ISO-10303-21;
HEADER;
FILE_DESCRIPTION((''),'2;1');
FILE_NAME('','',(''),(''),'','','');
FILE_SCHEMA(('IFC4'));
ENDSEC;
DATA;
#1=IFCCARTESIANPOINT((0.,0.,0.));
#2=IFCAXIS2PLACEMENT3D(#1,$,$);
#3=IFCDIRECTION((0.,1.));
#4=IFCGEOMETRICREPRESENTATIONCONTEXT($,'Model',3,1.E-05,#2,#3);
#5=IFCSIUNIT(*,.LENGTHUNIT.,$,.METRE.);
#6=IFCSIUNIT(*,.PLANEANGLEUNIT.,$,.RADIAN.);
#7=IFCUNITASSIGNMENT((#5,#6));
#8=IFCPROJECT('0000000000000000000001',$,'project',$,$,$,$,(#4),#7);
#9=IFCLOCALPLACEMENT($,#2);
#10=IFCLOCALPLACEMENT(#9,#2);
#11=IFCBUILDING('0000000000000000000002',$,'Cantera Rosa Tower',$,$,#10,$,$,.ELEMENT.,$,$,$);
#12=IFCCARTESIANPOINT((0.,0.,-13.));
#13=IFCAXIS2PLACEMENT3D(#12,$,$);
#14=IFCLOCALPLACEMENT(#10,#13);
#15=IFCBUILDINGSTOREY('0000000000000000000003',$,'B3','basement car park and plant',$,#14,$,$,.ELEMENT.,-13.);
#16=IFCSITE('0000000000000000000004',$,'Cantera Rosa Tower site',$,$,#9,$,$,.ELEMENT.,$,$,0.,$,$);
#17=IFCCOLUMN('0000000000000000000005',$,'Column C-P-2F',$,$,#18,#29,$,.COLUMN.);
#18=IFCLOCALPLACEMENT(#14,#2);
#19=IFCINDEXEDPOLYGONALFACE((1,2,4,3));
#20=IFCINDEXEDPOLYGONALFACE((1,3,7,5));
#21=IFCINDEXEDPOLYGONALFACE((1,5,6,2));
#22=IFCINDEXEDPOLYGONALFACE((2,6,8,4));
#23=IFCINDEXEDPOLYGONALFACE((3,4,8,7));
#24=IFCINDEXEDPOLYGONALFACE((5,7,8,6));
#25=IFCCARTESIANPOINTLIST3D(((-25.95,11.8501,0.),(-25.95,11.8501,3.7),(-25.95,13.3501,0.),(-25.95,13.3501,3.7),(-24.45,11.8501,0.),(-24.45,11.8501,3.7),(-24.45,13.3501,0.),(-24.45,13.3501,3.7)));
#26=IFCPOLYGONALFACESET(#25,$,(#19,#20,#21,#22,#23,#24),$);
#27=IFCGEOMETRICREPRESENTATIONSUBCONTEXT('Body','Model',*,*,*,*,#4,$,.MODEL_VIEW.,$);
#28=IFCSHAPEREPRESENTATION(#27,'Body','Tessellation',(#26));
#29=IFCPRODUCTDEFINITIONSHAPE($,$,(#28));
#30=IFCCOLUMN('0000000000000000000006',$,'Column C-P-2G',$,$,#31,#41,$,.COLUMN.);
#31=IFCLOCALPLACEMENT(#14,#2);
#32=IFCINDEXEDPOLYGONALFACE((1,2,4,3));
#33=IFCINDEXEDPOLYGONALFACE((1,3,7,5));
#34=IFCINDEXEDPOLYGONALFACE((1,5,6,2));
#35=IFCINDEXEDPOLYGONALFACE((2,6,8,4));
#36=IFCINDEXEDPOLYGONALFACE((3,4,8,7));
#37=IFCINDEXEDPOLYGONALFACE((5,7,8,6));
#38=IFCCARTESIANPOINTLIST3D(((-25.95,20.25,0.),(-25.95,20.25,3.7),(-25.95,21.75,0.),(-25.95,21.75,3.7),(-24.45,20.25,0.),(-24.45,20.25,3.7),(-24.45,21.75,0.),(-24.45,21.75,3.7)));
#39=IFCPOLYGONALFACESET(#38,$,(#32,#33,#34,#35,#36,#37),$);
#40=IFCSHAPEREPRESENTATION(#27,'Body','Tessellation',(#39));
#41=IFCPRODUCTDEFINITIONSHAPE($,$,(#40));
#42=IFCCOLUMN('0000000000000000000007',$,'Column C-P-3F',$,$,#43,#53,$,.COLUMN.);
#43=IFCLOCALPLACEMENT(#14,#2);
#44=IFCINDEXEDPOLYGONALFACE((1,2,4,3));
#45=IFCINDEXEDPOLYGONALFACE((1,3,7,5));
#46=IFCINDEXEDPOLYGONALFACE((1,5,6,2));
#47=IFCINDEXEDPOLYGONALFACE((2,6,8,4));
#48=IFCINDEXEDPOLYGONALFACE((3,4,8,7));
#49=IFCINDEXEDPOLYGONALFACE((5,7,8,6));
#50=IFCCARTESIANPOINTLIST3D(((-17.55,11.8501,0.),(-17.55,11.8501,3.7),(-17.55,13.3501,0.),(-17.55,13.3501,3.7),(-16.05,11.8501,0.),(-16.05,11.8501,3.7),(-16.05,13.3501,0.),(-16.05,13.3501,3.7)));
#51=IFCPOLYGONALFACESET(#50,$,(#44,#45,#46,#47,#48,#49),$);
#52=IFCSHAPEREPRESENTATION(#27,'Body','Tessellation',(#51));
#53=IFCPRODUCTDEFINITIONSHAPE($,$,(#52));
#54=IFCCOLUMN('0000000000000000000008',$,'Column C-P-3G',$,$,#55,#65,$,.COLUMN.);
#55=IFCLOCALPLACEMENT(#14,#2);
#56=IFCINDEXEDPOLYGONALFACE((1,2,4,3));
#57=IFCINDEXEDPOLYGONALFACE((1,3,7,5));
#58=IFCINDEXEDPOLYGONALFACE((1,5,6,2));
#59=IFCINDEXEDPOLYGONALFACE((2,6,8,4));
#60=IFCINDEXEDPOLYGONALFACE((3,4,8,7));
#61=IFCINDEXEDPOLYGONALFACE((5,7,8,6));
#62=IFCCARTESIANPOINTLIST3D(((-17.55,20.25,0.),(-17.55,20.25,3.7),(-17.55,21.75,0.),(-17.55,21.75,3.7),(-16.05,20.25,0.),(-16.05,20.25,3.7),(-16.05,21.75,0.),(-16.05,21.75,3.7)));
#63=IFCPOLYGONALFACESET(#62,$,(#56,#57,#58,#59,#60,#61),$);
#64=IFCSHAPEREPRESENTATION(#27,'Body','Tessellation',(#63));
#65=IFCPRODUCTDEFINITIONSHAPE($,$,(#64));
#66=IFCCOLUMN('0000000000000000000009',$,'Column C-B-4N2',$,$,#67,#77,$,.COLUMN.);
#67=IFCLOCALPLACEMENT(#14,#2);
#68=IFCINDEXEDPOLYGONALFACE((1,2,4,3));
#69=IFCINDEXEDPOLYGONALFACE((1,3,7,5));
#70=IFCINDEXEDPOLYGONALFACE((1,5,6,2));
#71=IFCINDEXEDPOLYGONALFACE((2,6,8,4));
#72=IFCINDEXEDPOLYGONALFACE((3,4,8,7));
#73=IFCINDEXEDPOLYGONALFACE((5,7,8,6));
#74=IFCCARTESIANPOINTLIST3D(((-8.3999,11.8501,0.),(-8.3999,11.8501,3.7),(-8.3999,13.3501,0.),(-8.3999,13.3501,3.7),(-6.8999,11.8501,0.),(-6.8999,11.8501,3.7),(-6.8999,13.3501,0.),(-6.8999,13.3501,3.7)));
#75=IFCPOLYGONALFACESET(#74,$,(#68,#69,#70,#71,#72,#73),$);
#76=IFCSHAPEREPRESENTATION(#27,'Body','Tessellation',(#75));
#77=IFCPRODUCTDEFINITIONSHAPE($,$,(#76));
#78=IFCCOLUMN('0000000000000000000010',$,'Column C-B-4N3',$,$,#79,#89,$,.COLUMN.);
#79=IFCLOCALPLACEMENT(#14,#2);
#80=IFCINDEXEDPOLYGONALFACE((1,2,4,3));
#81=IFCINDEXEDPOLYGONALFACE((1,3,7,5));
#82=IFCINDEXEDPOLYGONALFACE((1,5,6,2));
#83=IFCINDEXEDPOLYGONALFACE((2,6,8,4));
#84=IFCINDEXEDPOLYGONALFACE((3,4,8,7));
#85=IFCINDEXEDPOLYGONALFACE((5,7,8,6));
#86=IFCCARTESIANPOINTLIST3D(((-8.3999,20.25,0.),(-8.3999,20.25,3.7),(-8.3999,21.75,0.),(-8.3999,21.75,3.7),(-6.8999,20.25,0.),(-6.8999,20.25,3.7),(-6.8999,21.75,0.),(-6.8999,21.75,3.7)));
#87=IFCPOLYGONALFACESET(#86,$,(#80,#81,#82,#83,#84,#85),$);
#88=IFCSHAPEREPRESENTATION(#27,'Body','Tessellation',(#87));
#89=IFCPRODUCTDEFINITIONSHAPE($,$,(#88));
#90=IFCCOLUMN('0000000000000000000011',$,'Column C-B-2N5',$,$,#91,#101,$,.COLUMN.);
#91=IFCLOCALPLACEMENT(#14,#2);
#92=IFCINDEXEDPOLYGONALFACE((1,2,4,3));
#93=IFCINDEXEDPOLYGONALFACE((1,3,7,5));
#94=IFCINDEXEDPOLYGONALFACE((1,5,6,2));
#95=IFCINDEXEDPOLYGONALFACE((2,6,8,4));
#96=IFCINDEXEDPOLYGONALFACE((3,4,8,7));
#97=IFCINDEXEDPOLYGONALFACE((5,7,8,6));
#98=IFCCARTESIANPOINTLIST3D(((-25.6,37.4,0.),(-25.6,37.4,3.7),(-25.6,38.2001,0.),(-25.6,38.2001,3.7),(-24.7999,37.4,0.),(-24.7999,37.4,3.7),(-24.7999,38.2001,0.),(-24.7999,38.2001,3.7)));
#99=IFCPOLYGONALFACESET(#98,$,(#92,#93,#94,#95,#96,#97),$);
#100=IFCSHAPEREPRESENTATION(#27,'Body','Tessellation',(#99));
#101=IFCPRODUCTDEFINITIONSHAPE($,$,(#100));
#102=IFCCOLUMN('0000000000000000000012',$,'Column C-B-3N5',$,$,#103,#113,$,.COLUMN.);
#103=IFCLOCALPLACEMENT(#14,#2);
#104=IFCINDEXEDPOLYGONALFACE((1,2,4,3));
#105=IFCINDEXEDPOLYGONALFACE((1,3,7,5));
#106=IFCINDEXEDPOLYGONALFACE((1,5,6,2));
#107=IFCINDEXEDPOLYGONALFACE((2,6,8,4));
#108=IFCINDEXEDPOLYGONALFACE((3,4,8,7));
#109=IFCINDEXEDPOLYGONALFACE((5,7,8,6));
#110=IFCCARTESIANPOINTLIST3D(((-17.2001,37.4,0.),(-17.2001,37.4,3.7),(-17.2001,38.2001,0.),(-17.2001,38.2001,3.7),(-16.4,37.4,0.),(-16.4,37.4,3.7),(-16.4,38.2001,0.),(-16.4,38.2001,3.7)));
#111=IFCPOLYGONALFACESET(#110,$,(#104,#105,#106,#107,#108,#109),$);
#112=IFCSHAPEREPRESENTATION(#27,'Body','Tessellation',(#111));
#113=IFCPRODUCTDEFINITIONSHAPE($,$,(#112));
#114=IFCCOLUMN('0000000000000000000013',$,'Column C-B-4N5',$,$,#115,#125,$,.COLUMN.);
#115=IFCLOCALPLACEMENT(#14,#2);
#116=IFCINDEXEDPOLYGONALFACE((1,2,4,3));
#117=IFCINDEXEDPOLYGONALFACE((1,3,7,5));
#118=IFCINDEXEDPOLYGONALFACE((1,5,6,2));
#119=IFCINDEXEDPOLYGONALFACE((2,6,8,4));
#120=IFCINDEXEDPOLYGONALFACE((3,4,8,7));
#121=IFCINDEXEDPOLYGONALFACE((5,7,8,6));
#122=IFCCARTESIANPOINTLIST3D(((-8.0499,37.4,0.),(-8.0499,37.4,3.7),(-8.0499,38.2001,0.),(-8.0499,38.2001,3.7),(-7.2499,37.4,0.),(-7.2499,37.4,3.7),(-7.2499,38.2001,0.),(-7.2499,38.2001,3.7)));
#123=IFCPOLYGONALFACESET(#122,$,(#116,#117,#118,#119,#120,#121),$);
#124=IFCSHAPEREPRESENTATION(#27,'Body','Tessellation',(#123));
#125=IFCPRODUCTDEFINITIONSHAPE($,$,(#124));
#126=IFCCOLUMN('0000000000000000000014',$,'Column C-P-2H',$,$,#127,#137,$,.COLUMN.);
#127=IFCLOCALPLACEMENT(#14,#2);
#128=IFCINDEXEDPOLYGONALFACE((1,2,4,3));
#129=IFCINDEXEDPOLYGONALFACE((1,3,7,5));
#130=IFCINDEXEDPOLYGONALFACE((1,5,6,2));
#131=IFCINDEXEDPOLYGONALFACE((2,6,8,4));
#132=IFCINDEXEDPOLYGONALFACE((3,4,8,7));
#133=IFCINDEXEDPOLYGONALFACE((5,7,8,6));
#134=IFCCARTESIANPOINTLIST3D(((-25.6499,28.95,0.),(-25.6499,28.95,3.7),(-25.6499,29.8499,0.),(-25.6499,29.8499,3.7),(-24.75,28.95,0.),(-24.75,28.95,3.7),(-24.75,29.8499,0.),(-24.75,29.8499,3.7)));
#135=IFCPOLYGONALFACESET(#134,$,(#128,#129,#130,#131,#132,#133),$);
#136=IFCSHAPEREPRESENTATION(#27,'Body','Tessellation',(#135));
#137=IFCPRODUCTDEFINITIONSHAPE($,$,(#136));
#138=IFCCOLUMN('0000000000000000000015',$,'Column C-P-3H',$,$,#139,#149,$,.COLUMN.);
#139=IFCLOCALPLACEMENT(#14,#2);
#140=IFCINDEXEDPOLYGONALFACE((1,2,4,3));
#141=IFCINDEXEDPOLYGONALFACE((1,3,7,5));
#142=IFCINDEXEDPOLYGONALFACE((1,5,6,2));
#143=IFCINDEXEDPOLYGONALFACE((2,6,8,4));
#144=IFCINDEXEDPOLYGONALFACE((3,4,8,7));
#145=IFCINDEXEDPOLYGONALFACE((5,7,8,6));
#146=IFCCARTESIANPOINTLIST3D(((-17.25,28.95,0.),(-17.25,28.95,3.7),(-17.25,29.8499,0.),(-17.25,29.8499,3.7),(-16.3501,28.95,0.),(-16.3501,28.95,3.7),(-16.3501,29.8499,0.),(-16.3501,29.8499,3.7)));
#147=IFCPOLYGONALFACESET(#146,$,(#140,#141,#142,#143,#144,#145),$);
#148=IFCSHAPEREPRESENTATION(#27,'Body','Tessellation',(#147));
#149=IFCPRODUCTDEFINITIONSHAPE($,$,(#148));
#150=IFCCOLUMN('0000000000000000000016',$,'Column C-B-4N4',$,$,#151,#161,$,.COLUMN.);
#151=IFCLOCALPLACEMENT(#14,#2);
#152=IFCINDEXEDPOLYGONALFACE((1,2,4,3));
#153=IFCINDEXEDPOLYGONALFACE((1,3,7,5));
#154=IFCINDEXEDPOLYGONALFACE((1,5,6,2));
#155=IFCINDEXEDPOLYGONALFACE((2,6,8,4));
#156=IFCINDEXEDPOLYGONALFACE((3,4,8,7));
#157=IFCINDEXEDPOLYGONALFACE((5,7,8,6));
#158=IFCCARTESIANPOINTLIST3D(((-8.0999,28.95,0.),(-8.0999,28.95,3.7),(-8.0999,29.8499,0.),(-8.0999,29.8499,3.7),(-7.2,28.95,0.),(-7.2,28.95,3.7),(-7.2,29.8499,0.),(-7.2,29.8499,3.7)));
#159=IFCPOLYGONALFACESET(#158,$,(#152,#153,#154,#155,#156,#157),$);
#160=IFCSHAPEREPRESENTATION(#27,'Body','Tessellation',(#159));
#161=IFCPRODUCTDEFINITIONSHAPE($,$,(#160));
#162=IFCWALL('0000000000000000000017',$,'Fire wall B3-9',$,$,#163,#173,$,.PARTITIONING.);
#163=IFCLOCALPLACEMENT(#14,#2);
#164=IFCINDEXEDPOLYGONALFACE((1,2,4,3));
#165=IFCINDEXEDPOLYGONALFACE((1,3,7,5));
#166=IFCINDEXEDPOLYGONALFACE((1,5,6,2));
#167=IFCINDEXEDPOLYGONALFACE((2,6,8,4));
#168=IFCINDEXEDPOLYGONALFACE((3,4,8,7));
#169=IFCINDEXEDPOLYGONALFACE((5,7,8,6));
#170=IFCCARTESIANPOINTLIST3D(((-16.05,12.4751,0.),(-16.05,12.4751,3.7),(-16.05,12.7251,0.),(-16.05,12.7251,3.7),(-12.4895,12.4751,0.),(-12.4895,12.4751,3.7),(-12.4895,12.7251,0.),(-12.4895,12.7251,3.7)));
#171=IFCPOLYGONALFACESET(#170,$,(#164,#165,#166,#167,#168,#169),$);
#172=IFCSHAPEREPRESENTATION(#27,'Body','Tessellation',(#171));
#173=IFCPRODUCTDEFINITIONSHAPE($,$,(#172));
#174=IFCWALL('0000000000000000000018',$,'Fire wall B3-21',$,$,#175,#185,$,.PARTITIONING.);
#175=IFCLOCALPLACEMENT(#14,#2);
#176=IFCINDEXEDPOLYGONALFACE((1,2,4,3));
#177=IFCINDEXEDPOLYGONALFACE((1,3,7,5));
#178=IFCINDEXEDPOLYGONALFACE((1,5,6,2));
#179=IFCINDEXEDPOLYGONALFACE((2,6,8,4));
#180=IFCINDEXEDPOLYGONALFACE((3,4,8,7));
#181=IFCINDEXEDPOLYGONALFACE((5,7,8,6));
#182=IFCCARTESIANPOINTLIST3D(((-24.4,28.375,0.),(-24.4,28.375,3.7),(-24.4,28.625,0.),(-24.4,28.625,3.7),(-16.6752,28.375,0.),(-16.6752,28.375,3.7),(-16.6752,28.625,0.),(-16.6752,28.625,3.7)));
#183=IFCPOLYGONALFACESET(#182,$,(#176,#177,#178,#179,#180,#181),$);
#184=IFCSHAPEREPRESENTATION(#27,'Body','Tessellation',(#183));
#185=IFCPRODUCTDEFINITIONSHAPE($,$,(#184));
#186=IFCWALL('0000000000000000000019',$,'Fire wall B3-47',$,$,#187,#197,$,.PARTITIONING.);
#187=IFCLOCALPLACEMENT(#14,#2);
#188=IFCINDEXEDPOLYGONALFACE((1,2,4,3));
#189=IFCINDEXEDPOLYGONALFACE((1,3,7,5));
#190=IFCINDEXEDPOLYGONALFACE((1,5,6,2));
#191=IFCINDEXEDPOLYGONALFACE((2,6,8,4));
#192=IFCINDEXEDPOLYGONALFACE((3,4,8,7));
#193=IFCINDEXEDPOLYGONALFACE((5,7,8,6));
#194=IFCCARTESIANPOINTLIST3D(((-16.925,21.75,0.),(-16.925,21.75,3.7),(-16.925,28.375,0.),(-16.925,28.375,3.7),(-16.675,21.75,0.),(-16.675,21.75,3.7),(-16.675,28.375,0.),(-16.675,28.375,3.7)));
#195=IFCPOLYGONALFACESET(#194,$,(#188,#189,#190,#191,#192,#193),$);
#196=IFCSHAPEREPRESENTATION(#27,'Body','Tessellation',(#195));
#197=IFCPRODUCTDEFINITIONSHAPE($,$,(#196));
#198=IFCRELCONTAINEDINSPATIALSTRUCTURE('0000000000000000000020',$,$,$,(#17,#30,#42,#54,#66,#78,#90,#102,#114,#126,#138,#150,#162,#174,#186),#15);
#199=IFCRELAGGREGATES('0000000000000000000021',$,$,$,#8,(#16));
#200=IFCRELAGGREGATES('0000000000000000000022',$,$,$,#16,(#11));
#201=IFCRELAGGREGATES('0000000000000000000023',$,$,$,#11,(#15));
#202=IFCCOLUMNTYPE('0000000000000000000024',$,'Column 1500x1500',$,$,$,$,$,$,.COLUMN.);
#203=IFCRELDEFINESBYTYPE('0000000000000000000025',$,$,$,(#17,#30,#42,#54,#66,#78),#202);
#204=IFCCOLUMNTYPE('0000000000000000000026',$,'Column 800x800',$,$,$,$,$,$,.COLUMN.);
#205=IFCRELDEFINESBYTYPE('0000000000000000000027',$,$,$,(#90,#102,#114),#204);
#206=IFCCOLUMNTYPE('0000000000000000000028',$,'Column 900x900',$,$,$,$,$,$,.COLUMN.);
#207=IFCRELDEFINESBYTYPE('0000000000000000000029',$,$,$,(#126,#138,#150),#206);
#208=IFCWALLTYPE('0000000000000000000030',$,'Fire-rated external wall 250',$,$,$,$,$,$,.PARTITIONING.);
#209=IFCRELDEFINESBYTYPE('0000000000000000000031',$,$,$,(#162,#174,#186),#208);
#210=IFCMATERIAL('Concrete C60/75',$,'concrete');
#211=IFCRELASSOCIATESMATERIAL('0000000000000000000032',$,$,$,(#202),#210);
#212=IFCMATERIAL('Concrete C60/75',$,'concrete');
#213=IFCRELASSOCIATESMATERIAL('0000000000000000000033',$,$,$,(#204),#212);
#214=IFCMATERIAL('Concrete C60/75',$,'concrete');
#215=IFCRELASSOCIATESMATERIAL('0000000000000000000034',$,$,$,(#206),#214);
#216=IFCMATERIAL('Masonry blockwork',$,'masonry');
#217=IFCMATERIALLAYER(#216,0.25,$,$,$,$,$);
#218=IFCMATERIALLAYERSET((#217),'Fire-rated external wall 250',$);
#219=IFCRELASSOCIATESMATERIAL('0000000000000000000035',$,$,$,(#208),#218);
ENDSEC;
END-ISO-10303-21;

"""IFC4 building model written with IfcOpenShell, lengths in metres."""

from ifc_helpers import new_model, si_unit, direction, frame, frame_2d, origin, origin_2d, place, context, subcontext, project, spatial, rectangle, extrude, material, layer, layer_set, material_profile, profile_set, type_object, element, save


model = new_model("IFC4")

# Units and contexts
model_context = context("Model", 3, precision=1e-05, world=origin(), true_north=direction((0.0, 1.0)))
body_context = subcontext(model_context, "Body", "Model", "MODEL_VIEW")
ifc_project = project(units=[si_unit("LENGTHUNIT", "METRE"), si_unit("PLANEANGLEUNIT", "RADIAN")], contexts=[model_context])

# Site, building, storey
site_placement = place(None, origin())
site = spatial("IfcSite", under=ifc_project, at=site_placement, Name="Cantera Rosa Tower site", CompositionType="ELEMENT", RefElevation=0.0)
building_placement = place(site_placement, origin())
building = spatial("IfcBuilding", under=site, at=building_placement, Name="Cantera Rosa Tower", CompositionType="ELEMENT")
storey_placement = place(building_placement, frame((0.0, 0.0, -13.0)))
storey = spatial("IfcBuildingStorey", under=building, at=storey_placement, Name="B3", Description="basement car park and plant", CompositionType="ELEMENT", Elevation=-13.0)

# Columns
ifc_material_1 = material(Name="Concrete C60/75", Category="concrete")
ifc_material_profile_1 = material_profile(ifc_material_1, rectangle(XDim=1.5, YDim=1.5, at=origin_2d()), Name="Column 1500x1500")
ifc_profile_set_1 = profile_set([ifc_material_profile_1], Name="Concrete C60/75")
column_type_1 = type_object("IfcColumnType", Name="Column 1500x1500", PredefinedType="COLUMN", material=ifc_profile_set_1)
for number, where, z_axis, x_axis, name in (
    (1, (-25.2, 12.6001, 0.0), (0.0, 0.0, 1.0), (1.0, 0.0, 0.0), "Column C-P-2F"),
    (2, (-25.2, 21.0, 0.0), (0.0, 0.0, 1.0), (1.0, 0.0, 0.0), "Column C-P-2G"),
    (3, (-16.8, 12.6001, 0.0), (0.0, 0.0, 1.0), (1.0, 0.0, 0.0), "Column C-P-3F"),
    (4, (-16.8, 21.0, 0.0), (0.0, 0.0, 1.0), (1.0, 0.0, 0.0), "Column C-P-3G"),
    (5, (-7.6499, 12.6001, 0.0), (0.0, 0.0, 1.0), (1.0, 0.0, 0.0), "Column C-B-4N2"),
    (6, (-7.6499, 21.0, 0.0), (0.0, 0.0, 1.0), (1.0, 0.0, 0.0), "Column C-B-4N3"),
):
    element("IfcColumn", number, at=place(storey_placement, frame(where, z_axis=z_axis, x_axis=x_axis)), inside=storey, type_object=column_type_1, Name=name, PredefinedType="COLUMN", context=body_context, shape_type="SweptSolid", body=[
        extrude(rectangle(XDim=1.5, YDim=1.5, at=origin_2d()), origin(), (0.0, 0.0, 1.0), 3.7),
    ])
ifc_material_2 = material(Name="Concrete C60/75", Category="concrete")
ifc_material_profile_2 = material_profile(ifc_material_2, rectangle(XDim=0.8, YDim=0.8, at=origin_2d()), Name="Column 800x800")
ifc_profile_set_2 = profile_set([ifc_material_profile_2], Name="Concrete C60/75")
column_type_2 = type_object("IfcColumnType", Name="Column 800x800", PredefinedType="COLUMN", material=ifc_profile_set_2)
for number, where, z_axis, x_axis, name in (
    (7, (-25.2, 37.8, 0.0), (0.0, 0.0, 1.0), (1.0, 0.0, 0.0), "Column C-B-2N5"),
    (8, (-16.8, 37.8, 0.0), (0.0, 0.0, 1.0), (1.0, 0.0, 0.0), "Column C-B-3N5"),
    (9, (-7.6499, 37.8, 0.0), (0.0, 0.0, 1.0), (1.0, 0.0, 0.0), "Column C-B-4N5"),
):
    element("IfcColumn", number, at=place(storey_placement, frame(where, z_axis=z_axis, x_axis=x_axis)), inside=storey, type_object=column_type_2, Name=name, PredefinedType="COLUMN", context=body_context, shape_type="SweptSolid", body=[
        extrude(rectangle(XDim=0.8, YDim=0.8, at=origin_2d()), origin(), (0.0, 0.0, 1.0), 3.7),
    ])
ifc_material_3 = material(Name="Concrete C60/75", Category="concrete")
ifc_material_profile_3 = material_profile(ifc_material_3, rectangle(XDim=0.8999, YDim=0.8999, at=origin_2d()), Name="Column 900x900")
ifc_profile_set_3 = profile_set([ifc_material_profile_3], Name="Concrete C60/75")
column_type_3 = type_object("IfcColumnType", Name="Column 900x900", PredefinedType="COLUMN", material=ifc_profile_set_3)
for number, where, z_axis, x_axis, name in (
    (10, (-25.2, 29.3999, 0.0), (0.0, 0.0, 1.0), (1.0, 0.0, 0.0), "Column C-P-2H"),
    (11, (-16.8, 29.3999, 0.0), (0.0, 0.0, 1.0), (1.0, 0.0, 0.0), "Column C-P-3H"),
    (12, (-7.6499, 29.3999, 0.0), (0.0, 0.0, 1.0), (1.0, 0.0, 0.0), "Column C-B-4N4"),
):
    element("IfcColumn", number, at=place(storey_placement, frame(where, z_axis=z_axis, x_axis=x_axis)), inside=storey, type_object=column_type_3, Name=name, PredefinedType="COLUMN", context=body_context, shape_type="SweptSolid", body=[
        extrude(rectangle(XDim=0.8999, YDim=0.8999, at=origin_2d()), origin(), (0.0, 0.0, 1.0), 3.7),
    ])

# Walls
ifc_material_4 = material(Name="Masonry blockwork", Category="masonry")
ifc_layer_1 = layer(ifc_material_4, 0.25)
ifc_layer_set_1 = layer_set([ifc_layer_1], Name="Fire-rated external wall 250")
wall_type_1 = type_object("IfcWallType", Name="Fire-rated external wall 250", PredefinedType="PARTITIONING", material=ifc_layer_set_1)
wall_1_placement = place(storey_placement, frame((-16.05, 12.6001, 0.0), z_axis=(0.0, 0.0, 1.0), x_axis=(1.0, 0.0, 0.0)))
element("IfcWall", 13, at=wall_1_placement, inside=storey, type_object=wall_type_1, Name="Fire wall B3-9", PredefinedType="PARTITIONING", context=body_context, shape_type="SweptSolid", body=[
    extrude(rectangle(XDim=3.5605, YDim=0.25, at=frame_2d((1.7803, 0.0))), origin(), (0.0, 0.0, 1.0), 3.7),
])
wall_2_placement = place(storey_placement, frame((-24.3999, 28.5, 0.0), z_axis=(0.0, 0.0, 1.0), x_axis=(1.0, 0.0, 0.0)))
element("IfcWall", 14, at=wall_2_placement, inside=storey, type_object=wall_type_1, Name="Fire wall B3-21", PredefinedType="PARTITIONING", context=body_context, shape_type="SweptSolid", body=[
    extrude(rectangle(XDim=7.7249, YDim=0.25, at=frame_2d((3.8623, 0.0))), origin(), (0.0, 0.0, 1.0), 3.7),
])
wall_3_placement = place(storey_placement, frame((-16.8, 21.75, 0.0), z_axis=(0.0, 0.0, 1.0), x_axis=(0.0, 1.0, 0.0)))
element("IfcWall", 15, at=wall_3_placement, inside=storey, type_object=wall_type_1, Name="Fire wall B3-47", PredefinedType="PARTITIONING", context=body_context, shape_type="SweptSolid", body=[
    extrude(rectangle(XDim=6.625, YDim=0.25, at=frame_2d((3.3125, 0.0))), origin(), (0.0, 0.0, 1.0), 3.7),
])

save(model, "model.ifc")
